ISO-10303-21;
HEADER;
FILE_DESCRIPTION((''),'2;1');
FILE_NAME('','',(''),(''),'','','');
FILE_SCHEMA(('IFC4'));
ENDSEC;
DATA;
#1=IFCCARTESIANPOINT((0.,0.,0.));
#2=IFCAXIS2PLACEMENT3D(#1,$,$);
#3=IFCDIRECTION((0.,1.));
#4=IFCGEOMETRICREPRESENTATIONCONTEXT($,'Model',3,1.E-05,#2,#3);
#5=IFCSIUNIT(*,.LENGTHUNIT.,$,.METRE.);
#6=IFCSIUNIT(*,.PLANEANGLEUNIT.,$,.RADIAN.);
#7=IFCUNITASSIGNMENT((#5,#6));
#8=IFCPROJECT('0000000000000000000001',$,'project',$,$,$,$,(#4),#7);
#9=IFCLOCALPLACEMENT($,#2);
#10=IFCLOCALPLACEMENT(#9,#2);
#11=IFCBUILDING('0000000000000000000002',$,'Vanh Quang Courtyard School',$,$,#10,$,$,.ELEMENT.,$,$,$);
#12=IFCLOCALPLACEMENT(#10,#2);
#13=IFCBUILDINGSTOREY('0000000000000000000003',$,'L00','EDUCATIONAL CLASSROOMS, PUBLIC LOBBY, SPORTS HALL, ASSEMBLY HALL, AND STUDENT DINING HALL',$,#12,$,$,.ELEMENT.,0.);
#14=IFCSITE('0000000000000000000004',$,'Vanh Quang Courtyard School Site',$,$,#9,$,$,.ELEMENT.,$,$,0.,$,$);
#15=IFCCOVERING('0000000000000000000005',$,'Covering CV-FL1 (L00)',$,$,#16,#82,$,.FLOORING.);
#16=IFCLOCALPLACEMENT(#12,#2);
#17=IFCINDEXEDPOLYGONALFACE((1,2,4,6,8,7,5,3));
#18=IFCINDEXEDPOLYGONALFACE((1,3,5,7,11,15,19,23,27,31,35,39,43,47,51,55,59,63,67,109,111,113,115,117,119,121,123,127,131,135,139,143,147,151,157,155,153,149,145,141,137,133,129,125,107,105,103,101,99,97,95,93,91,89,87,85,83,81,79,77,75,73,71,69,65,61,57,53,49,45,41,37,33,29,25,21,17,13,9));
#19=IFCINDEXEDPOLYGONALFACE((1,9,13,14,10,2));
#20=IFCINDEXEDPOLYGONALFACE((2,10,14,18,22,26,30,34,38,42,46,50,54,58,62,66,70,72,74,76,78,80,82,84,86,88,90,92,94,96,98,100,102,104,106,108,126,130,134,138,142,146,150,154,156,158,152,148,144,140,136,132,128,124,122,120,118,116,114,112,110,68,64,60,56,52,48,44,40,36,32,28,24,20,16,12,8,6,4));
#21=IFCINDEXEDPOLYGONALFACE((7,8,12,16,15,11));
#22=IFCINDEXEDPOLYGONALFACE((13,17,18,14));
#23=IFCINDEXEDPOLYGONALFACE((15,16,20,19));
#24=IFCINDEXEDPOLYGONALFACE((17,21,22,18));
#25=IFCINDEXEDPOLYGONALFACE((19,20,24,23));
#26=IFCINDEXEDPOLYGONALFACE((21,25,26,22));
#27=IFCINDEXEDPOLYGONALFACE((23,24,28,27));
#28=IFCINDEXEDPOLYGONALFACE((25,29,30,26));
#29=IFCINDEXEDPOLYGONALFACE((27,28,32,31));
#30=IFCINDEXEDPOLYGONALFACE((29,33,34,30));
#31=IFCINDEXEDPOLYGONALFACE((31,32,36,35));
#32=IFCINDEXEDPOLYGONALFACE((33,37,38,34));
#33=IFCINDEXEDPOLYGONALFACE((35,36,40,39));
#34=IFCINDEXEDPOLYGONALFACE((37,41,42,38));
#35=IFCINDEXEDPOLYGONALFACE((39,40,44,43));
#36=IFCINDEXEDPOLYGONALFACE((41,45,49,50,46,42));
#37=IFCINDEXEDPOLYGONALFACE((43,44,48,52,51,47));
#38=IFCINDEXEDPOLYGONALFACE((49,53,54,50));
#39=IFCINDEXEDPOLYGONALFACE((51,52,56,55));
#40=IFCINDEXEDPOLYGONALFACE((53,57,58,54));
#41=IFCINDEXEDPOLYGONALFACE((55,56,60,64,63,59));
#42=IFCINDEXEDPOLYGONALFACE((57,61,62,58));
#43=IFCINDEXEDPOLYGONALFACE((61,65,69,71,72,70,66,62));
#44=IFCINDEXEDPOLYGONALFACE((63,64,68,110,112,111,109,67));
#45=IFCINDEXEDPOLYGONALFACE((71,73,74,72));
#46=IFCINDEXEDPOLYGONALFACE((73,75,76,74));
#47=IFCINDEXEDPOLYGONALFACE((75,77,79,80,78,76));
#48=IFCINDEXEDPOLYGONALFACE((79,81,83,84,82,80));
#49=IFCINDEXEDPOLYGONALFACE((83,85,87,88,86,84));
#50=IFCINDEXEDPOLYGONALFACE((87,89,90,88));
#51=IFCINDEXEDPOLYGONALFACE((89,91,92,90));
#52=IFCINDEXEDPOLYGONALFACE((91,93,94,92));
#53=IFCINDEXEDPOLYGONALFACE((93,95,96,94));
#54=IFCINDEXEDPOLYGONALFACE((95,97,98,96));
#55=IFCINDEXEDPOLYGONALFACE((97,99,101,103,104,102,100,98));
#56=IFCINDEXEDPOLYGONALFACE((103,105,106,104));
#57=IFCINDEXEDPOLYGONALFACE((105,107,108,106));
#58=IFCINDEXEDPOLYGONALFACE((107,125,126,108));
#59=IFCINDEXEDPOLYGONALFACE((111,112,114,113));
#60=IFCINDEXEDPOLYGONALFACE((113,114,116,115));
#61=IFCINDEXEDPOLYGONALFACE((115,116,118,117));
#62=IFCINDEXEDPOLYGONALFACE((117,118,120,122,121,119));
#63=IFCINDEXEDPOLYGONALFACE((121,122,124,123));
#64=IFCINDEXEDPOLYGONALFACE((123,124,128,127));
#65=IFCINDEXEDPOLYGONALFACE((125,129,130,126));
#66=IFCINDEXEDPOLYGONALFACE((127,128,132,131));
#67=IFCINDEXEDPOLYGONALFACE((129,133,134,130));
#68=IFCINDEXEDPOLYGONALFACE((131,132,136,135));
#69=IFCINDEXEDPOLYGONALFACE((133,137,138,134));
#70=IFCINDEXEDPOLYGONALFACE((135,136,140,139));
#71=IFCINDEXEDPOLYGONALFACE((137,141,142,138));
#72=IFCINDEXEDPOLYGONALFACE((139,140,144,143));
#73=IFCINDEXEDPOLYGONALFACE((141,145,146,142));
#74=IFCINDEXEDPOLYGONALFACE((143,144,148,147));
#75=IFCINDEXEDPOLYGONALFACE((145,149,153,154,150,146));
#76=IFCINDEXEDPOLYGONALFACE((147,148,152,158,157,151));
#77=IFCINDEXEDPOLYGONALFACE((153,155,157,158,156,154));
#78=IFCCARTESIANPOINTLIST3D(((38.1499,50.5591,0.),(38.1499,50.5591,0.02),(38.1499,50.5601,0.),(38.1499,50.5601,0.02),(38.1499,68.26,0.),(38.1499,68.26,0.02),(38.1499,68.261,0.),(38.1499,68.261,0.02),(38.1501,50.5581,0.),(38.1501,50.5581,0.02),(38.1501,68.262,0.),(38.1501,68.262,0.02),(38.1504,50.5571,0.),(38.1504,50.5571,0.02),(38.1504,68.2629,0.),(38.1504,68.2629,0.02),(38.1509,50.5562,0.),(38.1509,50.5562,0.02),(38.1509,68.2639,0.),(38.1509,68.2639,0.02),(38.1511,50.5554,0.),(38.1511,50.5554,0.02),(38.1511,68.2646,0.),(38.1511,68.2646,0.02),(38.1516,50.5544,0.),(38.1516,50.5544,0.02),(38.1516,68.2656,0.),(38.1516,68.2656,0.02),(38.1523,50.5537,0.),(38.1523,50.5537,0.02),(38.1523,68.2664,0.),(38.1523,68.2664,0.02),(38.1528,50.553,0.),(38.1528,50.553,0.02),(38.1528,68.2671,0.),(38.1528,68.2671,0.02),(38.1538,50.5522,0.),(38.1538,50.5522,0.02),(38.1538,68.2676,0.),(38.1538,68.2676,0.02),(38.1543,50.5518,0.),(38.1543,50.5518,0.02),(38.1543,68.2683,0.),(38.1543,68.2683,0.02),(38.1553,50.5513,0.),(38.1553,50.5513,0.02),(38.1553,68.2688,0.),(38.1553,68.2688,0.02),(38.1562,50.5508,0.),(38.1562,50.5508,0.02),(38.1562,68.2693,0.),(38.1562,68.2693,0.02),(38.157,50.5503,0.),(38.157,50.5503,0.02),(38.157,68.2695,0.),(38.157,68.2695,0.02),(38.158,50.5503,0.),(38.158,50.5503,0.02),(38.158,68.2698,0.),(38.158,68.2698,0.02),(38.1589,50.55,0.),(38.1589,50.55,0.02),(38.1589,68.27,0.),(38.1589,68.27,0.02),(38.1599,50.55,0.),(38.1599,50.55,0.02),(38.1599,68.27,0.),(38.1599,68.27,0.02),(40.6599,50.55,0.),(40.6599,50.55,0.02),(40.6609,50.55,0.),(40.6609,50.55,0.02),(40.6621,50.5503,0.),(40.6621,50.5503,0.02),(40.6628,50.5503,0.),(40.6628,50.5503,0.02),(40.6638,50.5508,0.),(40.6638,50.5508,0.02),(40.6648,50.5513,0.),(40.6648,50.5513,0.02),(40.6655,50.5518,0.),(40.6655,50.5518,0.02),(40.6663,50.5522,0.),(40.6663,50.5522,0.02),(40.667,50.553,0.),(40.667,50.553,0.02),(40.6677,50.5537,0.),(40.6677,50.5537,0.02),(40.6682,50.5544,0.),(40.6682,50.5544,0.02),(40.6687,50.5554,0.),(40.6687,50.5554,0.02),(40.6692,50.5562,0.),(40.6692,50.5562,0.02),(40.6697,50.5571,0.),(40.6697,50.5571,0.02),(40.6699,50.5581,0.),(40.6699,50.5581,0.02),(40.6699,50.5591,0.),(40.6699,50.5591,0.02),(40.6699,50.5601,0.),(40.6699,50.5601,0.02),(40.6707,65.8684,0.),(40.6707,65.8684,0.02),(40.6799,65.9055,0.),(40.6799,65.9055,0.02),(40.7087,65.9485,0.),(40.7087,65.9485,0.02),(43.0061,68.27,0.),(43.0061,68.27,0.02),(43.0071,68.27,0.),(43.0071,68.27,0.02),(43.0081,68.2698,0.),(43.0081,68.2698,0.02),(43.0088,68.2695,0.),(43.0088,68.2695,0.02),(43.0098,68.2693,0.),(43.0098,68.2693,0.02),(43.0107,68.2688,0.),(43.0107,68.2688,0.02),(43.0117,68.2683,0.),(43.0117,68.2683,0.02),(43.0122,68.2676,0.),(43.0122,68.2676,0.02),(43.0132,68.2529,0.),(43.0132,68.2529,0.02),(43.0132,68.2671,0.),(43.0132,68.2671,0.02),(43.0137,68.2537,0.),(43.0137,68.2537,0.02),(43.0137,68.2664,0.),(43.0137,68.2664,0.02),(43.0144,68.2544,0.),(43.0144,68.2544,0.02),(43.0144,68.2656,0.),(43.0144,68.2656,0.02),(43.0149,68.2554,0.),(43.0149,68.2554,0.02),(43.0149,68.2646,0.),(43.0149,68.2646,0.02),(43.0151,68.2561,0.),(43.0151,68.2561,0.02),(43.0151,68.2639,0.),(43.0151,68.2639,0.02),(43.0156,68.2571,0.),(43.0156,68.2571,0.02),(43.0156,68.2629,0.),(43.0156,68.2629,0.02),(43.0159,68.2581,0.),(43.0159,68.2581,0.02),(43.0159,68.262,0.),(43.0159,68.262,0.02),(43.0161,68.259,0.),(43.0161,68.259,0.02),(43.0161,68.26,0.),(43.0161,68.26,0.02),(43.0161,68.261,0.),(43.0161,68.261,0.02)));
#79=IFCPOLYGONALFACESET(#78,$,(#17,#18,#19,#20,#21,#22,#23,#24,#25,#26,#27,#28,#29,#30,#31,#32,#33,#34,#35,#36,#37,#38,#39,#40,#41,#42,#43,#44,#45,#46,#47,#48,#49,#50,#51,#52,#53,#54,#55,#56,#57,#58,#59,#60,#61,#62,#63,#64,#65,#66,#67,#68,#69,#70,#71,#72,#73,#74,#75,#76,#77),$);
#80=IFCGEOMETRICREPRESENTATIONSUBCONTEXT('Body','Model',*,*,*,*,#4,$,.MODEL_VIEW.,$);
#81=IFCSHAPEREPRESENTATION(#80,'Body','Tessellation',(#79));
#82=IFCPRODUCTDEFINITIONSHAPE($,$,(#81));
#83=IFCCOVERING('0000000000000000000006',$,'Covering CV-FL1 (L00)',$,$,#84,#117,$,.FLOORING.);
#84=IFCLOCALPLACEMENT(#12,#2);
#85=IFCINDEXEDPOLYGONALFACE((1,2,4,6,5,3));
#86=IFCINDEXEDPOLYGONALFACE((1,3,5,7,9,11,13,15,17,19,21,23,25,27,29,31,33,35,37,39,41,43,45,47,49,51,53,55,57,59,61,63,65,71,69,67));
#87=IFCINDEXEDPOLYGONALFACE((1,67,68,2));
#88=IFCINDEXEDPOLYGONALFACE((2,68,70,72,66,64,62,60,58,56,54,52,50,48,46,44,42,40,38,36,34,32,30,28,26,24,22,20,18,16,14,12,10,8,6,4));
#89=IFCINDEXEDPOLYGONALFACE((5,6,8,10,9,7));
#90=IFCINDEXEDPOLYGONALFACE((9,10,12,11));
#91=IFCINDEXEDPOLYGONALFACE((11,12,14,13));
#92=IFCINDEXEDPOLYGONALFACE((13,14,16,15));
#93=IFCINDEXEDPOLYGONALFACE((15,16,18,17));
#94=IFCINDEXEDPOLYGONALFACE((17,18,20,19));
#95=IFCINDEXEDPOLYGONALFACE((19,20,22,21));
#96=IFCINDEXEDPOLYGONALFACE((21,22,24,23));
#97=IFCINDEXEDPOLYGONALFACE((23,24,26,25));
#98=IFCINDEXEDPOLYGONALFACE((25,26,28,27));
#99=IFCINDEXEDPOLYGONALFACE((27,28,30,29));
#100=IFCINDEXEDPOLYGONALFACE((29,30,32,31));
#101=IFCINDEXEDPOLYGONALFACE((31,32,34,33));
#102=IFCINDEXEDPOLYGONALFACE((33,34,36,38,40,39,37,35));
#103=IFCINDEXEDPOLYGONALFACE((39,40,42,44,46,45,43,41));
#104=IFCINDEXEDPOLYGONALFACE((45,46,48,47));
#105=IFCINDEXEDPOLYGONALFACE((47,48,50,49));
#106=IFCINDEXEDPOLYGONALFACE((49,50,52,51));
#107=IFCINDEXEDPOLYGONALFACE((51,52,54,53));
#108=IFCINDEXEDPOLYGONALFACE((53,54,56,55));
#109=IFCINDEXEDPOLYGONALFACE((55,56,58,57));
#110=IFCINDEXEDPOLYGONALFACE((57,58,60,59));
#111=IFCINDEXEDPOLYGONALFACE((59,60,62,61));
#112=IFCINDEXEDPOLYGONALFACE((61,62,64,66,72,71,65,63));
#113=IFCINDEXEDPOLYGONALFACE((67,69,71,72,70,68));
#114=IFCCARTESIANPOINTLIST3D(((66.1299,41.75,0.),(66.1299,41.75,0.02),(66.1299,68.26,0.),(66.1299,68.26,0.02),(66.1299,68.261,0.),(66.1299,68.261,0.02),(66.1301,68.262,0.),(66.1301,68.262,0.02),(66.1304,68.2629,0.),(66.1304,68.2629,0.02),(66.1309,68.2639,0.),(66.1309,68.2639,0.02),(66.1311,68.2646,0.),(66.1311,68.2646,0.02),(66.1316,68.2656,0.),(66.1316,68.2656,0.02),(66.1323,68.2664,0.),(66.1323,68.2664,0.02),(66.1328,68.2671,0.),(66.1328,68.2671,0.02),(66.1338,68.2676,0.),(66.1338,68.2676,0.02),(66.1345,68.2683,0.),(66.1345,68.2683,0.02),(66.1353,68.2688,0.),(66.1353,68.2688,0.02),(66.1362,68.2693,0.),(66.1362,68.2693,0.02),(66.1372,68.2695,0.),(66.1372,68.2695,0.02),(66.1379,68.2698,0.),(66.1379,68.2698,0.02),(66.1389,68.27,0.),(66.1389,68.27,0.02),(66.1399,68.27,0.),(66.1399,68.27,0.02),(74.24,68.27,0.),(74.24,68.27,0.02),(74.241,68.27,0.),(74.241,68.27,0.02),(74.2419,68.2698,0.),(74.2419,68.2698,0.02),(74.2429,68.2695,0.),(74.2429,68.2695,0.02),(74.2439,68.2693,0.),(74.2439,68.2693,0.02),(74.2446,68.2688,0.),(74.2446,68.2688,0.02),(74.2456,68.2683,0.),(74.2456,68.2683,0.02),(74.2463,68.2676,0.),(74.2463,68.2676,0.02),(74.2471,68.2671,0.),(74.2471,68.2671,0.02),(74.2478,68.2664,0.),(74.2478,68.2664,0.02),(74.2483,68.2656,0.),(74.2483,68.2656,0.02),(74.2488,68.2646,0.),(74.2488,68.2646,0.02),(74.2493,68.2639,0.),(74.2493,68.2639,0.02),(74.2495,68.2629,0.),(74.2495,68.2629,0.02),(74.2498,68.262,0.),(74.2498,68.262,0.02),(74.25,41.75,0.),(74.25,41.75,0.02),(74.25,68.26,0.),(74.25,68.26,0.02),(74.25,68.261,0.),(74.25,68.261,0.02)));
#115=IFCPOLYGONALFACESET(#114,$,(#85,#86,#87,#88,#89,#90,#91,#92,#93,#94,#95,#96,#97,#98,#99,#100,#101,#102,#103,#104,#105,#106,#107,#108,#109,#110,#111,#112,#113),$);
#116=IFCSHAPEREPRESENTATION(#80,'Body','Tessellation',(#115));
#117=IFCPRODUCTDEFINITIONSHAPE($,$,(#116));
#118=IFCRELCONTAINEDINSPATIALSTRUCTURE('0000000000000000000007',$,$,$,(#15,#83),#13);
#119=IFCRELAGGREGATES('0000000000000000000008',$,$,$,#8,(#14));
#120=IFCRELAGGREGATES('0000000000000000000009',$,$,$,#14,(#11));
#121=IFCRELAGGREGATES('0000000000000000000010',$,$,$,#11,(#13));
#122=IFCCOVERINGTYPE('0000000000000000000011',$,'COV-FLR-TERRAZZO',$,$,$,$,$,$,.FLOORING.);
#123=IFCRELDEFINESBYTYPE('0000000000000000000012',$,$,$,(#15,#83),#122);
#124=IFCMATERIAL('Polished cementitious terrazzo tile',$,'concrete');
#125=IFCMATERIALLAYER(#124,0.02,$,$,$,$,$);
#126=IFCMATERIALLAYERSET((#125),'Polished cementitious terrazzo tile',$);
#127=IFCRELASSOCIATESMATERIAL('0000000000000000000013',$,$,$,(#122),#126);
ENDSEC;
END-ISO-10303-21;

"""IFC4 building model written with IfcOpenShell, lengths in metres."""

from ifc_helpers import new_model, si_unit, direction, origin, place, context, subcontext, project, spatial, polyline, outline, extrude, material, layer, layer_set, type_object, element, save


model = new_model("IFC4")

# Units and contexts
model_context = context("Model", 3, precision=1e-05, world=origin(), true_north=direction((0.0, 1.0)))
body_context = subcontext(model_context, "Body", "Model", "MODEL_VIEW")
ifc_project = project(units=[si_unit("LENGTHUNIT", "METRE"), si_unit("PLANEANGLEUNIT", "RADIAN")], contexts=[model_context])

# Site, building, storey
site_placement = place(None, origin())
site = spatial("IfcSite", under=ifc_project, at=site_placement, Name="Vanh Quang Courtyard School Site", CompositionType="ELEMENT", RefElevation=0.0)
building_placement = place(site_placement, origin())
building = spatial("IfcBuilding", under=site, at=building_placement, Name="Vanh Quang Courtyard School", CompositionType="ELEMENT")
storey_placement = place(building_placement, origin())
storey = spatial("IfcBuildingStorey", under=building, at=storey_placement, Name="L00", Description="EDUCATIONAL CLASSROOMS, PUBLIC LOBBY, SPORTS HALL, ASSEMBLY HALL, AND STUDENT DINING HALL", CompositionType="ELEMENT", Elevation=0.0)

# Coverings
ifc_material_1 = material(Name="Polished cementitious terrazzo tile", Category="concrete")
ifc_layer_1 = layer(ifc_material_1, 0.02)
ifc_layer_set_1 = layer_set([ifc_layer_1], Name="Polished cementitious terrazzo tile")
covering_type = type_object("IfcCoveringType", Name="COV-FLR-TERRAZZO", PredefinedType="FLOORING", material=ifc_layer_set_1)
covering_1_placement = place(storey_placement, origin())
element("IfcCovering", 1, at=covering_1_placement, inside=storey, type_object=covering_type, Name="Covering CV-FL1 (L00)", PredefinedType="FLOORING", context=body_context, shape_type="SweptSolid", body=[
    extrude(outline(polyline([(38.1599, 50.55), (38.1589, 50.55), (38.158, 50.5503), (38.157, 50.5503), (38.1562, 50.5508), (38.1553, 50.5513), (38.1543, 50.5518), (38.1538, 50.5522), (38.1528, 50.553), (38.1523, 50.5537), (38.1516, 50.5544), (38.1511, 50.5554), (38.1509, 50.5562), (38.1504, 50.5571), (38.1501, 50.5581), (38.1499, 50.5591), (38.1499, 50.5601), (38.1499, 68.26), (38.1499, 68.261), (38.1501, 68.262), (38.1504, 68.2629), (38.1509, 68.2639), (38.1511, 68.2646), (38.1516, 68.2656), (38.1523, 68.2664), (38.1528, 68.2671), (38.1538, 68.2676), (38.1543, 68.2683), (38.1553, 68.2688), (38.1562, 68.2693), (38.157, 68.2695), (38.158, 68.2698), (38.1589, 68.27), (38.1599, 68.27), (43.0061, 68.27), (43.0071, 68.27), (43.0081, 68.2698), (43.0088, 68.2695), (43.0098, 68.2693), (43.0107, 68.2688), (43.0117, 68.2683), (43.0122, 68.2676), (43.0132, 68.2671), (43.0137, 68.2664), (43.0144, 68.2656), (43.0149, 68.2646), (43.0151, 68.2639), (43.0156, 68.2629), (43.0159, 68.262), (43.0161, 68.261), (43.0161, 68.26), (43.0161, 68.259), (43.0159, 68.2581), (43.0156, 68.2571), (43.0151, 68.2561), (43.0149, 68.2554), (43.0144, 68.2544), (43.0137, 68.2537), (43.0132, 68.2529), (40.7087, 65.9485), (40.6799, 65.9055), (40.6707, 65.8684), (40.6699, 50.5601), (40.6699, 50.5591), (40.6699, 50.5581), (40.6697, 50.5571), (40.6692, 50.5562), (40.6687, 50.5554), (40.6682, 50.5544), (40.6677, 50.5537), (40.667, 50.553), (40.6663, 50.5522), (40.6655, 50.5518), (40.6648, 50.5513), (40.6638, 50.5508), (40.6628, 50.5503), (40.6621, 50.5503), (40.6609, 50.55), (40.6599, 50.55), (38.1599, 50.55)])), origin(), (0.0, 0.0, 1.0), 0.02),
])
covering_2_placement = place(storey_placement, origin())
element("IfcCovering", 2, at=covering_2_placement, inside=storey, type_object=covering_type, Name="Covering CV-FL1 (L00)", PredefinedType="FLOORING", context=body_context, shape_type="SweptSolid", body=[
    extrude(outline(polyline([(66.1299, 68.26), (66.1299, 68.261), (66.1301, 68.262), (66.1304, 68.2629), (66.1309, 68.2639), (66.1311, 68.2646), (66.1316, 68.2656), (66.1323, 68.2664), (66.1328, 68.2671), (66.1338, 68.2676), (66.1345, 68.2683), (66.1353, 68.2688), (66.1362, 68.2693), (66.1372, 68.2695), (66.1379, 68.2698), (66.1389, 68.27), (66.1399, 68.27), (74.24, 68.27), (74.241, 68.27), (74.2419, 68.2698), (74.2429, 68.2695), (74.2439, 68.2693), (74.2446, 68.2688), (74.2456, 68.2683), (74.2463, 68.2676), (74.2471, 68.2671), (74.2478, 68.2664), (74.2483, 68.2656), (74.2488, 68.2646), (74.2493, 68.2639), (74.2495, 68.2629), (74.2498, 68.262), (74.25, 68.261), (74.25, 68.26), (74.25, 41.75), (66.1299, 41.75), (66.1299, 68.26)])), origin(), (0.0, 0.0, 1.0), 0.02),
])

save(model, "model.ifc")
